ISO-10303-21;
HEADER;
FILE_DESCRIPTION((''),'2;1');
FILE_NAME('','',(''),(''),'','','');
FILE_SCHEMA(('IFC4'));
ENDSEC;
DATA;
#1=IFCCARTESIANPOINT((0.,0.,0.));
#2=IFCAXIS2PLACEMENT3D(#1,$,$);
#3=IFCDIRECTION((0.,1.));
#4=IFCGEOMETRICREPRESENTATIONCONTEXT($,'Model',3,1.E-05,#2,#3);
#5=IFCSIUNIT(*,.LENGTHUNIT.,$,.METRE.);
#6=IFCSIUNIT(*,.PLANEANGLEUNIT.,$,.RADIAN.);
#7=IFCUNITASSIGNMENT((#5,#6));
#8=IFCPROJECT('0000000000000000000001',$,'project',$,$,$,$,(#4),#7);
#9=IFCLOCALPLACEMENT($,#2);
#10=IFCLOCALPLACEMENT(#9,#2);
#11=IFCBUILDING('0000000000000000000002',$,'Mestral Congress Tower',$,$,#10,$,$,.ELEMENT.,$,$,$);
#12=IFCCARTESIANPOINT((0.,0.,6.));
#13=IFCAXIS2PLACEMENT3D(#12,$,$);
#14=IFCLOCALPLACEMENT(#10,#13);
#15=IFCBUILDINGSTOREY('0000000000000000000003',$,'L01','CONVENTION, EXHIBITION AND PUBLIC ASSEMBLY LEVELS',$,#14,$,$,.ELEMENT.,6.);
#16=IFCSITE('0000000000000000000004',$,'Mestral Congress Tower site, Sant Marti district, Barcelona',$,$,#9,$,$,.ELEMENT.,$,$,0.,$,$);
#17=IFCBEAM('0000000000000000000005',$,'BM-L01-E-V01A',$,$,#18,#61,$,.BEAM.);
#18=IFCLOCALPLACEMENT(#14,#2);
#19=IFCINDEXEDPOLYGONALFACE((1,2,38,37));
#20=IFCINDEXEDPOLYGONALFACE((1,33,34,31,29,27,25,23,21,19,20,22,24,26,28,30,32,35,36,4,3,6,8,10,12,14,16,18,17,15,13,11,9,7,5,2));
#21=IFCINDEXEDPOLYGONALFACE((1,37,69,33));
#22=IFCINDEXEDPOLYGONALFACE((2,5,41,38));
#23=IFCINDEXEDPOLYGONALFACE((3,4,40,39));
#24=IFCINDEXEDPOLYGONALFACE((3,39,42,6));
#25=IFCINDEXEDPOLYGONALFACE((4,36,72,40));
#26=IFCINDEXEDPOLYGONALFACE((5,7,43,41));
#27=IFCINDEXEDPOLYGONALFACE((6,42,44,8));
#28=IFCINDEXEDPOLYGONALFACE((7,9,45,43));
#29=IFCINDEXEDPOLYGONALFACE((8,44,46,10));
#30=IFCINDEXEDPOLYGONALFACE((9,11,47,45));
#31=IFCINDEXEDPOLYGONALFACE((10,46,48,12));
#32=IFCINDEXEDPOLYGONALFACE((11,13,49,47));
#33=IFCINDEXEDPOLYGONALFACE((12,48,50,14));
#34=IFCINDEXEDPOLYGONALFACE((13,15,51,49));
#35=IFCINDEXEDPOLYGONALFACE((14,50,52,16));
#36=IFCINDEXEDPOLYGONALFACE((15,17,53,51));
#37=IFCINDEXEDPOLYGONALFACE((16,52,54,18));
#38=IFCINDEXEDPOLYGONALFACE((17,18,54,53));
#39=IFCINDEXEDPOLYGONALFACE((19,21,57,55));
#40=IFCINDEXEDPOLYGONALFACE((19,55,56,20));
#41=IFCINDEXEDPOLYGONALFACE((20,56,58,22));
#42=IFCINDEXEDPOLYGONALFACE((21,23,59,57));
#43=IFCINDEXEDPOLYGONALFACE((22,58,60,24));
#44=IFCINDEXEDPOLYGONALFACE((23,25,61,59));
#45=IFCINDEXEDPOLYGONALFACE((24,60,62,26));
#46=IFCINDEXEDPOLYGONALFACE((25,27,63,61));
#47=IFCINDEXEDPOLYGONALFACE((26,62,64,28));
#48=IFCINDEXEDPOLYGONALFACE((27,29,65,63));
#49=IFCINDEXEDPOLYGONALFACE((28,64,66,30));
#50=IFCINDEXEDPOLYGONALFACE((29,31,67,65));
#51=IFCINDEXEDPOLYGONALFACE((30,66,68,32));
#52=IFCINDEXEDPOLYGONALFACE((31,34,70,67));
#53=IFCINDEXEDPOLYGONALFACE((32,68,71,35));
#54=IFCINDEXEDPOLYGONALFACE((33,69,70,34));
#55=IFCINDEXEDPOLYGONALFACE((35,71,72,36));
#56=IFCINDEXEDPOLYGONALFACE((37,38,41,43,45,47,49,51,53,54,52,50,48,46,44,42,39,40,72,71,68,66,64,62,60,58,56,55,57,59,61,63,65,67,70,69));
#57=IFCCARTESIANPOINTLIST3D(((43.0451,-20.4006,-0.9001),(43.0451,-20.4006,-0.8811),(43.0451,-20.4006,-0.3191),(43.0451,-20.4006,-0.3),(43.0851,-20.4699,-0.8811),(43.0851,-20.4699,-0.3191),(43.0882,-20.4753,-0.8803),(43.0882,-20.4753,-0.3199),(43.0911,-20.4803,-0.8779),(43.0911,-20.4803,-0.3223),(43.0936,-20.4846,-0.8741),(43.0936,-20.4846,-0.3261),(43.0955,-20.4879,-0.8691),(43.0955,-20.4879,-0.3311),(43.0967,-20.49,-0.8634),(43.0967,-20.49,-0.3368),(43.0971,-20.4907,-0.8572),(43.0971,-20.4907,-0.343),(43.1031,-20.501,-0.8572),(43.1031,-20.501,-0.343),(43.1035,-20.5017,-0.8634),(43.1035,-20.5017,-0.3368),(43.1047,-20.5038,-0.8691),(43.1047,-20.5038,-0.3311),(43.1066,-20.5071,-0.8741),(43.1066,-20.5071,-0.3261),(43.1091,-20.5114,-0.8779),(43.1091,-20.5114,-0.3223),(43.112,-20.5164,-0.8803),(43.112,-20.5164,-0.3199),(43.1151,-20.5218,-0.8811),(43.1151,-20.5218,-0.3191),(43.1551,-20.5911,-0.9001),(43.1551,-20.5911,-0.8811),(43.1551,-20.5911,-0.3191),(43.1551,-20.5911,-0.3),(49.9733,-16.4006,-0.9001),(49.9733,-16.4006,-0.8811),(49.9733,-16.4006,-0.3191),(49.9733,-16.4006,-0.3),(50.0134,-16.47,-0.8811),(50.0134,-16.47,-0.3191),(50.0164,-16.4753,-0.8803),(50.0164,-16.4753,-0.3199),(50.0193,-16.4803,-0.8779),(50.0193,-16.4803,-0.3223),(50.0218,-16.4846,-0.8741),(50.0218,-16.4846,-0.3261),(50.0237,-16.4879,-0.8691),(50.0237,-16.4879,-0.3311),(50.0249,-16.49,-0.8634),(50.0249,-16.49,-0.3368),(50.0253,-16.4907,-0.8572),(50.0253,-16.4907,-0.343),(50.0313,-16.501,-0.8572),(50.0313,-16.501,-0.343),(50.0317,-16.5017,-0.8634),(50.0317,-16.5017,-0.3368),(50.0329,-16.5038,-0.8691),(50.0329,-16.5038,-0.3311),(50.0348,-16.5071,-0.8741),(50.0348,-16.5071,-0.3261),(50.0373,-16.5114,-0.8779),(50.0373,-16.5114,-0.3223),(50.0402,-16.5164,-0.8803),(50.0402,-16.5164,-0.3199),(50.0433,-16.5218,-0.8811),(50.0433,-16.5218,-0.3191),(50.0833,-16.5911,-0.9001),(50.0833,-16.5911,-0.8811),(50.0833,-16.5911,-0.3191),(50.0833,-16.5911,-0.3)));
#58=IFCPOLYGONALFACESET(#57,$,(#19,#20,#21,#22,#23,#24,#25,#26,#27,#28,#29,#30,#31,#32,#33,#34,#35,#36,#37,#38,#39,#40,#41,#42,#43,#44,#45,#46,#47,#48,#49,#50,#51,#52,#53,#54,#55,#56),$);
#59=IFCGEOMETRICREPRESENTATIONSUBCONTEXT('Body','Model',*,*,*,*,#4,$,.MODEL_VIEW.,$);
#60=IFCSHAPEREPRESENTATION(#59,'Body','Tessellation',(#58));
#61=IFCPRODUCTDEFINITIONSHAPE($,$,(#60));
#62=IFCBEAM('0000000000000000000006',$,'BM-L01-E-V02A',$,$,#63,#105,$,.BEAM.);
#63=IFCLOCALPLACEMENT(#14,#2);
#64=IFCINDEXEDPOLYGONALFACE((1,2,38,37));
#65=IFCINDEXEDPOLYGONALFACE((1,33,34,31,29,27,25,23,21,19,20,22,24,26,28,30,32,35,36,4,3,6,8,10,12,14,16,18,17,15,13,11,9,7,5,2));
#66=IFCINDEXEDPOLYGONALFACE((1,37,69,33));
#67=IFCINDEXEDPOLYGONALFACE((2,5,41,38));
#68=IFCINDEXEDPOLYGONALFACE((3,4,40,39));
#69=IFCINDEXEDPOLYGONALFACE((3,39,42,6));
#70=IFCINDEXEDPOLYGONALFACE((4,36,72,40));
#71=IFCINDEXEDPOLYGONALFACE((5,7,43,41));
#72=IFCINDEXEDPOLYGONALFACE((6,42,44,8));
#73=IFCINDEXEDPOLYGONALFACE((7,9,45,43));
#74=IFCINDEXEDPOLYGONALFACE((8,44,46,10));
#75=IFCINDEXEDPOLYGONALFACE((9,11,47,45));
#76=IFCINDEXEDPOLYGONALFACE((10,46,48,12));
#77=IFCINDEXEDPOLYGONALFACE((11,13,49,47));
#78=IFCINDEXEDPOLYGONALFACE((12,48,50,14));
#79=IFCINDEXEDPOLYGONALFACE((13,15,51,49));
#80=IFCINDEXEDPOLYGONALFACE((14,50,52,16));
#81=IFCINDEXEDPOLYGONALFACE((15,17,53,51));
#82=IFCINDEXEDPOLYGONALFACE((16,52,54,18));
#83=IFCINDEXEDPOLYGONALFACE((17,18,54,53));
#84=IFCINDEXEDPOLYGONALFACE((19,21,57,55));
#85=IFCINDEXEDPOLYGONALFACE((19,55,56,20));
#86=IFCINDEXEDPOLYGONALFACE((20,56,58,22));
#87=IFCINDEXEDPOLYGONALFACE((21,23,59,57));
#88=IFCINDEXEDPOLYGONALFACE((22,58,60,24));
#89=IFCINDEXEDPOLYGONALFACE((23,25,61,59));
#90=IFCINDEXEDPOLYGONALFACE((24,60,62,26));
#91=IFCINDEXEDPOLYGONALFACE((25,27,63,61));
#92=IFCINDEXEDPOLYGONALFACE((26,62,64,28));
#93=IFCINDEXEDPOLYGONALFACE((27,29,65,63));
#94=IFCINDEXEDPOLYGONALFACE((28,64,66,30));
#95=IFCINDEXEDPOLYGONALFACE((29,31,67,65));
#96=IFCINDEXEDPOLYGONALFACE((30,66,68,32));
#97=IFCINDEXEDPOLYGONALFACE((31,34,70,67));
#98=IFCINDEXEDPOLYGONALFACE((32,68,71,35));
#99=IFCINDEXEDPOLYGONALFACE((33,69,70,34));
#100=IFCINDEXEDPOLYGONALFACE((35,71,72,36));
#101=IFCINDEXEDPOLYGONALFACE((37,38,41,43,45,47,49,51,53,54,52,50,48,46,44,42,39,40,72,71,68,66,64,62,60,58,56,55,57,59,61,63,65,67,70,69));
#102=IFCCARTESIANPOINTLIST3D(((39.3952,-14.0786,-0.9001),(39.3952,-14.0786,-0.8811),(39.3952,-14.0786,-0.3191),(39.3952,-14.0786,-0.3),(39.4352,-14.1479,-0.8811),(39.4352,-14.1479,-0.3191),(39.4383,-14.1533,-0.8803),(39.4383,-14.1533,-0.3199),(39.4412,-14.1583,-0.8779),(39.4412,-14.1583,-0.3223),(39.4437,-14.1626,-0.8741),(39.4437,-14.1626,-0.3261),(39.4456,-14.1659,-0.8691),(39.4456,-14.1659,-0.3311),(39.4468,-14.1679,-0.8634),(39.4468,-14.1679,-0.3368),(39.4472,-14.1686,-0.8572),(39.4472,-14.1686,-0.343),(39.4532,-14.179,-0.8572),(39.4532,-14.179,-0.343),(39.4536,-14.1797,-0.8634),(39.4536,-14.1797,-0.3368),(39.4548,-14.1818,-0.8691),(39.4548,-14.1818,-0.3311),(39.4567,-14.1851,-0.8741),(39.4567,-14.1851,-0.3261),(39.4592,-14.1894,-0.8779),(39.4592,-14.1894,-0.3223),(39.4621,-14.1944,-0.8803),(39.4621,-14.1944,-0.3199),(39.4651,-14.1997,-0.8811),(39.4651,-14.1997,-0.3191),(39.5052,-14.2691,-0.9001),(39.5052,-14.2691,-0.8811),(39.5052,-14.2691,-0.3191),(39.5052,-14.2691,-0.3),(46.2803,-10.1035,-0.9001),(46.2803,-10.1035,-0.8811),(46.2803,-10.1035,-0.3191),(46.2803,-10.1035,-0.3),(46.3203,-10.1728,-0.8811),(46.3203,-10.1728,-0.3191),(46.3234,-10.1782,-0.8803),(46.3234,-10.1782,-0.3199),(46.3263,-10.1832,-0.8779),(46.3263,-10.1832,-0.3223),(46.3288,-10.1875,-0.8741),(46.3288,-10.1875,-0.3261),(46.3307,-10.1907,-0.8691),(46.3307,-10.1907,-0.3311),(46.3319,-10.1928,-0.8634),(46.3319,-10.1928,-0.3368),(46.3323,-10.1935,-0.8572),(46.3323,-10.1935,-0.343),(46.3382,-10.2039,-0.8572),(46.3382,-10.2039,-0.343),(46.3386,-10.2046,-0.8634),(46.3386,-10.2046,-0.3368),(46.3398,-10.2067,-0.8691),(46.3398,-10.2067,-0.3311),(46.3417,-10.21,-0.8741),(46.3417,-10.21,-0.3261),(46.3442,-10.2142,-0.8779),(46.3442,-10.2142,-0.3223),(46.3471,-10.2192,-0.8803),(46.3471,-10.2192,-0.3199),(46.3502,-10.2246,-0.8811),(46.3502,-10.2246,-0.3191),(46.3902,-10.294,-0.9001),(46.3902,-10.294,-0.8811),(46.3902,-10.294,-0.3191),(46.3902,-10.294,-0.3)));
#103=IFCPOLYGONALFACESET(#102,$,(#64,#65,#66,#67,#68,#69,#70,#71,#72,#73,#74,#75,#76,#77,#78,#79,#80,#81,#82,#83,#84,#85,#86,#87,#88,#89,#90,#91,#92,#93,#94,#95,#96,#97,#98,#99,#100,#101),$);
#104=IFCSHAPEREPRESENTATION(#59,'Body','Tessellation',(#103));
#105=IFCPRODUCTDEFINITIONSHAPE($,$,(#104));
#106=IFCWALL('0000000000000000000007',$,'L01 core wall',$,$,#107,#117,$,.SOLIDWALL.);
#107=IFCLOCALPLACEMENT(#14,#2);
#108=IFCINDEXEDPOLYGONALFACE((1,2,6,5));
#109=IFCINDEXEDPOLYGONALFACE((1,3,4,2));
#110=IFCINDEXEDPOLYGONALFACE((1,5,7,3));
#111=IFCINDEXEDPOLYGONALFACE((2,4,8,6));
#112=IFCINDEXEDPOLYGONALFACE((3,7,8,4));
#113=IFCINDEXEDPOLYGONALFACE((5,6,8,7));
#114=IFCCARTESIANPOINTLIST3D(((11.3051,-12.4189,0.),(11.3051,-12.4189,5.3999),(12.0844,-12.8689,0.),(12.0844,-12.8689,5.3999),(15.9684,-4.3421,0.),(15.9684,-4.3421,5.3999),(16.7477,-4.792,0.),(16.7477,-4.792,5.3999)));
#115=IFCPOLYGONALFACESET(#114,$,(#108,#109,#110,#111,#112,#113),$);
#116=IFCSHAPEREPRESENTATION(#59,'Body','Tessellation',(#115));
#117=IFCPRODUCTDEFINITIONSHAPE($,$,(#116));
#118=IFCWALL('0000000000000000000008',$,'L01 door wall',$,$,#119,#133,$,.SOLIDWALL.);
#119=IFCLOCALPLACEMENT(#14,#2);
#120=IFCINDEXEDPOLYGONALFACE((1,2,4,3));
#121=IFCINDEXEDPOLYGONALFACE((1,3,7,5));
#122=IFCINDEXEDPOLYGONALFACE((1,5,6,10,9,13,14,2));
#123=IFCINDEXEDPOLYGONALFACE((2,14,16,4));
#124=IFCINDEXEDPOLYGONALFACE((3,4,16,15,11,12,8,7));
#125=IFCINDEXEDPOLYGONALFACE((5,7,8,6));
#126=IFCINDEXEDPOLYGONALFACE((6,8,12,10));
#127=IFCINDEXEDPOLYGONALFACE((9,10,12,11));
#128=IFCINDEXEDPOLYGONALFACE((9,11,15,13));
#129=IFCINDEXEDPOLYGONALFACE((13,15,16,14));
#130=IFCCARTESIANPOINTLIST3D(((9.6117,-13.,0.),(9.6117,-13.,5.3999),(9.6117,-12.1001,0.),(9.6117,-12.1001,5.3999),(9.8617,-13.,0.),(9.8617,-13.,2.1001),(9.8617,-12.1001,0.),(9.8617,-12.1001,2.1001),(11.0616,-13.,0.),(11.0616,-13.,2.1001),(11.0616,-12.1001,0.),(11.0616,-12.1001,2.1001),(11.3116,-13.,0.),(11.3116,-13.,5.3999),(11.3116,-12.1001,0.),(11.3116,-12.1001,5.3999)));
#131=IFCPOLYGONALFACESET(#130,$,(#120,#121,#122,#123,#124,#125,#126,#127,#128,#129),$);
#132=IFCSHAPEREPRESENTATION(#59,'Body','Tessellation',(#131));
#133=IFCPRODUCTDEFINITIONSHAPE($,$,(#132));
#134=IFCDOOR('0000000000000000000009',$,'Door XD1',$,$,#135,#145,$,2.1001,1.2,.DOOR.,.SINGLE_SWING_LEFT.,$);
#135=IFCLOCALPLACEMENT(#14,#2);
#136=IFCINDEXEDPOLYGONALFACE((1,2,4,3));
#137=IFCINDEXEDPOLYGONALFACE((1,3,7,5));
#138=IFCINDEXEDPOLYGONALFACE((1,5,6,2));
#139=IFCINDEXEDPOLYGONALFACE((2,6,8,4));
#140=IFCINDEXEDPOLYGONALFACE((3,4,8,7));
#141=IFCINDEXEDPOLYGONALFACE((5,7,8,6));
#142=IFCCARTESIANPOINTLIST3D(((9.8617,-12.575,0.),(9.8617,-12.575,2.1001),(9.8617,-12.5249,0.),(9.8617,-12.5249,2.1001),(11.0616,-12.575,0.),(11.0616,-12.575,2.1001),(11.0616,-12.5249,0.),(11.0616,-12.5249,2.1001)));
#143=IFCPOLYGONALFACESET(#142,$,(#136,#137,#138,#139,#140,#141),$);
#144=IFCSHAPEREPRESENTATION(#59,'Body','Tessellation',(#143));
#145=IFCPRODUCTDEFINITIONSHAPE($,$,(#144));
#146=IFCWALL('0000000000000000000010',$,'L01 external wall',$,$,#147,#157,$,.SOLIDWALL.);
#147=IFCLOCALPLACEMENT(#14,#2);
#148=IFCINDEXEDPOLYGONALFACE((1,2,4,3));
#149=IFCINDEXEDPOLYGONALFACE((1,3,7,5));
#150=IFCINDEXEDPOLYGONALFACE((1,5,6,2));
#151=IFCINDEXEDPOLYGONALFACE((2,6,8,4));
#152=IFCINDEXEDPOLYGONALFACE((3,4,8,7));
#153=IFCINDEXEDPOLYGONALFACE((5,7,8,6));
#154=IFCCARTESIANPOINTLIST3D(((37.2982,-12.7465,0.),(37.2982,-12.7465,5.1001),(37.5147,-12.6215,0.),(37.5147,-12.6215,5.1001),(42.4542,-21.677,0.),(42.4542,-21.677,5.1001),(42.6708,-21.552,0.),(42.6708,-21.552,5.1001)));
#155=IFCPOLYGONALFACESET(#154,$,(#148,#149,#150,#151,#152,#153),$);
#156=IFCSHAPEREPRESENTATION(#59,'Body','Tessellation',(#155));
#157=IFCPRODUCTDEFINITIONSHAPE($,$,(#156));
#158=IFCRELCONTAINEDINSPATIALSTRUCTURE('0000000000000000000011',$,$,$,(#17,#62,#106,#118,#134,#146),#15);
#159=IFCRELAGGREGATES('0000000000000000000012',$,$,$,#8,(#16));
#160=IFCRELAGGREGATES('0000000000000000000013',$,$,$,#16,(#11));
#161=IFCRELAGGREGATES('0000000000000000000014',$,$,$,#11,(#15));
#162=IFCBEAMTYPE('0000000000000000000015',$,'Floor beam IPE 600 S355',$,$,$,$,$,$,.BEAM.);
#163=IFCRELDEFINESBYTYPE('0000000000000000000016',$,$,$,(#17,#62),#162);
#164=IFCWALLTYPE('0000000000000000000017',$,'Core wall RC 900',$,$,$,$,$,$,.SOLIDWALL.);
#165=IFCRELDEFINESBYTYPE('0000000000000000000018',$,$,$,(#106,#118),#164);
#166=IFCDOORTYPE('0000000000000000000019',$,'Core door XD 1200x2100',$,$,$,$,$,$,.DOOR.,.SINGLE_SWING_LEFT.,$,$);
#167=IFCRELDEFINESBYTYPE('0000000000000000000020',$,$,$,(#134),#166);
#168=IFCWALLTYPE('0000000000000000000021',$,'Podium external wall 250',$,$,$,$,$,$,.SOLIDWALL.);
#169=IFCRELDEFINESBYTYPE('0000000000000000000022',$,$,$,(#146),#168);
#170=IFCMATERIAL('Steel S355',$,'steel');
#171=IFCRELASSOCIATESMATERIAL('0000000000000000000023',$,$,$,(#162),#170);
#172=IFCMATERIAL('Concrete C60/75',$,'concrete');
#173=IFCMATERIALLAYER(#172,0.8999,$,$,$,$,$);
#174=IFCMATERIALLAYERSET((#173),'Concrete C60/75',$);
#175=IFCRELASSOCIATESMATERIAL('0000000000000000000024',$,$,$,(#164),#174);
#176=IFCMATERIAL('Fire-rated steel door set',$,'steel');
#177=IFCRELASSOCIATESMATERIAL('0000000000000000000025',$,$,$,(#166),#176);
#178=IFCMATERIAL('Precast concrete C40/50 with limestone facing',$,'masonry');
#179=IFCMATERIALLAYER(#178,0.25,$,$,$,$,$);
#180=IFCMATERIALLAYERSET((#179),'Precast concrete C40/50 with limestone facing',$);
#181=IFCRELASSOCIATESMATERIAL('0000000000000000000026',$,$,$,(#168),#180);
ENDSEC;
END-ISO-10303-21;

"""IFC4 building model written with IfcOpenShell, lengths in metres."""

from ifc_helpers import new_model, si_unit, direction, frame, frame_2d, origin, origin_2d, place, context, subcontext, project, spatial, rectangle, i_section, extrude, material, layer, layer_set, material_profile, profile_set, type_object, element, fill, save


model = new_model("IFC4")

# Units and contexts
model_context = context("Model", 3, precision=1e-05, world=origin(), true_north=direction((0.0, 1.0)))
body_context = subcontext(model_context, "Body", "Model", "MODEL_VIEW")
ifc_project = project(units=[si_unit("LENGTHUNIT", "METRE"), si_unit("PLANEANGLEUNIT", "RADIAN")], contexts=[model_context])

# Site, building, storey
site_placement = place(None, origin())
site = spatial("IfcSite", under=ifc_project, at=site_placement, Name="Mestral Congress Tower site, Sant Marti district, Barcelona", CompositionType="ELEMENT", RefElevation=0.0)
building_placement = place(site_placement, origin())
building = spatial("IfcBuilding", under=site, at=building_placement, Name="Mestral Congress Tower", CompositionType="ELEMENT")
storey_placement = place(building_placement, frame((0.0, 0.0, 6.0)))
storey = spatial("IfcBuildingStorey", under=building, at=storey_placement, Name="L01", Description="CONVENTION, EXHIBITION AND PUBLIC ASSEMBLY LEVELS", CompositionType="ELEMENT", Elevation=6.0)

# Beams
ifc_material_1 = material(Name="Steel S355", Category="steel")
ifc_material_profile_1 = material_profile(ifc_material_1, i_section(OverallWidth=0.22, OverallDepth=0.6001, WebThickness=0.012, FlangeThickness=0.019, FilletRadius=0.0239, at=origin_2d()), Name="IPE 600")
ifc_profile_set_1 = profile_set([ifc_material_profile_1], Name="Steel S355")
beam_type_1 = type_object("IfcBeamType", Name="Floor beam IPE 600 S355", PredefinedType="BEAM", material=ifc_profile_set_1)
beam_1_placement = place(storey_placement, frame((43.1001, -20.4958, -0.6001), z_axis=(0.866026, 0.499999, 0.0), x_axis=(-0.499999, 0.866026, 0.0)))
element("IfcBeam", 1, at=beam_1_placement, inside=storey, type_object=beam_type_1, Name="BM-L01-E-V01A", PredefinedType="BEAM", context=body_context, shape_type="SweptSolid", body=[
    extrude(i_section(OverallWidth=0.22, OverallDepth=0.6001, WebThickness=0.012, FlangeThickness=0.019, FilletRadius=0.0239, at=origin_2d()), origin(), (0.0, 0.0, 1.0), 8.0),
])
beam_2_placement = place(storey_placement, frame((39.4502, -14.1738, -0.6001), z_axis=(0.866023, 0.500003, 0.0), x_axis=(-0.500003, 0.866023, 0.0)))
element("IfcBeam", 2, at=beam_2_placement, inside=storey, type_object=beam_type_1, Name="BM-L01-E-V02A", PredefinedType="BEAM", context=body_context, shape_type="SweptSolid", body=[
    extrude(i_section(OverallWidth=0.22, OverallDepth=0.6001, WebThickness=0.012, FlangeThickness=0.019, FilletRadius=0.0239, at=origin_2d()), origin(), (0.0, 0.0, 1.0), 7.9502),
])

# Wall
ifc_material_2 = material(Name="Concrete C60/75", Category="concrete")
ifc_layer_1 = layer(ifc_material_2, 0.8999)
ifc_layer_set_1 = layer_set([ifc_layer_1], Name="Concrete C60/75")
wall_type_1 = type_object("IfcWallType", Name="Core wall RC 900", PredefinedType="SOLIDWALL", material=ifc_layer_set_1)
wall_1_placement = place(storey_placement, frame((11.6948, -12.6438, 0.0), z_axis=(0.0, 0.0, 1.0), x_axis=(0.50001, 0.866019, 0.0)))
element("IfcWall", 3, at=wall_1_placement, inside=storey, type_object=wall_type_1, Name="L01 core wall", PredefinedType="SOLIDWALL", context=body_context, shape_type="SweptSolid", body=[
    extrude(rectangle(XDim=9.3264, YDim=0.8999, at=frame_2d((4.6631, 0.0))), origin(), (0.0, 0.0, 1.0), 5.3999),
])

# Wall, opening, door
wall_2_placement = place(storey_placement, frame((11.3118, -12.55, 0.0), z_axis=(0.0, 0.0, 1.0), x_axis=(-1.0, 0.0, 0.0)))
wall_2 = element("IfcWall", 4, at=wall_2_placement, inside=storey, type_object=wall_type_1, Name="L01 door wall", PredefinedType="SOLIDWALL", context=body_context, shape_type="SweptSolid", body=[
    extrude(rectangle(XDim=1.7, YDim=0.8999, at=frame_2d((0.8501, 0.0))), origin(), (0.0, 0.0, 1.0), 5.3999),
])
opening_1_placement = place(wall_2_placement, frame((0.25, 0.0, 0.0)))
opening_1 = element("IfcOpeningElement", 5, at=opening_1_placement, cuts=wall_2, PredefinedType="OPENING", context=body_context, shape_type="SweptSolid", body=[
    extrude(rectangle(XDim=1.2, YDim=2.1001, at=frame_2d((0.6001, 1.05))), frame((0.0, 0.46, 0.0), z_axis=(0.0, -1.0, 0.0), x_axis=(1.0, 0.0, 0.0)), (0.0, 0.0, 1.0), 0.9199),
])
ifc_material_3 = material(Name="Fire-rated steel door set", Category="steel")
door_type_1 = type_object("IfcDoorType", Name="Core door XD 1200x2100", OperationType="SINGLE_SWING_LEFT", PredefinedType="DOOR", material=ifc_material_3)
door_1_placement = place(opening_1_placement, origin())
door_1 = element("IfcDoor", 6, at=door_1_placement, inside=storey, type_object=door_type_1, Name="Door XD1", OperationType="SINGLE_SWING_LEFT", OverallHeight=2.1001, OverallWidth=1.2, PredefinedType="DOOR", context=body_context, shape_type="SweptSolid", body=[
    extrude(rectangle(XDim=1.2, YDim=2.1001, at=frame_2d((0.6001, 1.05))), frame((0.0, 0.0249, 0.0), z_axis=(0.0, -1.0, 0.0), x_axis=(1.0, 0.0, 0.0)), (0.0, 0.0, 1.0), 0.05),
])
fill(opening_1, door_1)

# Wall
ifc_material_4 = material(Name="Precast concrete C40/50 with limestone facing", Category="masonry")
ifc_layer_2 = layer(ifc_material_4, 0.25)
ifc_layer_set_2 = layer_set([ifc_layer_2], Name="Precast concrete C40/50 with limestone facing")
wall_type_2 = type_object("IfcWallType", Name="Podium external wall 250", PredefinedType="SOLIDWALL", material=ifc_layer_set_2)
wall_3_placement = place(storey_placement, frame((42.5625, -21.6145, 0.0), z_axis=(0.0, 0.0, 1.0), x_axis=(-0.500002, 0.866024, 0.0)))
element("IfcWall", 7, at=wall_3_placement, inside=storey, type_object=wall_type_2, Name="L01 external wall", PredefinedType="SOLIDWALL", context=body_context, shape_type="SweptSolid", body=[
    extrude(rectangle(XDim=10.312, YDim=0.25, at=frame_2d((5.156, 0.0))), origin(), (0.0, 0.0, 1.0), 5.1001),
])

save(model, "model.ifc")
